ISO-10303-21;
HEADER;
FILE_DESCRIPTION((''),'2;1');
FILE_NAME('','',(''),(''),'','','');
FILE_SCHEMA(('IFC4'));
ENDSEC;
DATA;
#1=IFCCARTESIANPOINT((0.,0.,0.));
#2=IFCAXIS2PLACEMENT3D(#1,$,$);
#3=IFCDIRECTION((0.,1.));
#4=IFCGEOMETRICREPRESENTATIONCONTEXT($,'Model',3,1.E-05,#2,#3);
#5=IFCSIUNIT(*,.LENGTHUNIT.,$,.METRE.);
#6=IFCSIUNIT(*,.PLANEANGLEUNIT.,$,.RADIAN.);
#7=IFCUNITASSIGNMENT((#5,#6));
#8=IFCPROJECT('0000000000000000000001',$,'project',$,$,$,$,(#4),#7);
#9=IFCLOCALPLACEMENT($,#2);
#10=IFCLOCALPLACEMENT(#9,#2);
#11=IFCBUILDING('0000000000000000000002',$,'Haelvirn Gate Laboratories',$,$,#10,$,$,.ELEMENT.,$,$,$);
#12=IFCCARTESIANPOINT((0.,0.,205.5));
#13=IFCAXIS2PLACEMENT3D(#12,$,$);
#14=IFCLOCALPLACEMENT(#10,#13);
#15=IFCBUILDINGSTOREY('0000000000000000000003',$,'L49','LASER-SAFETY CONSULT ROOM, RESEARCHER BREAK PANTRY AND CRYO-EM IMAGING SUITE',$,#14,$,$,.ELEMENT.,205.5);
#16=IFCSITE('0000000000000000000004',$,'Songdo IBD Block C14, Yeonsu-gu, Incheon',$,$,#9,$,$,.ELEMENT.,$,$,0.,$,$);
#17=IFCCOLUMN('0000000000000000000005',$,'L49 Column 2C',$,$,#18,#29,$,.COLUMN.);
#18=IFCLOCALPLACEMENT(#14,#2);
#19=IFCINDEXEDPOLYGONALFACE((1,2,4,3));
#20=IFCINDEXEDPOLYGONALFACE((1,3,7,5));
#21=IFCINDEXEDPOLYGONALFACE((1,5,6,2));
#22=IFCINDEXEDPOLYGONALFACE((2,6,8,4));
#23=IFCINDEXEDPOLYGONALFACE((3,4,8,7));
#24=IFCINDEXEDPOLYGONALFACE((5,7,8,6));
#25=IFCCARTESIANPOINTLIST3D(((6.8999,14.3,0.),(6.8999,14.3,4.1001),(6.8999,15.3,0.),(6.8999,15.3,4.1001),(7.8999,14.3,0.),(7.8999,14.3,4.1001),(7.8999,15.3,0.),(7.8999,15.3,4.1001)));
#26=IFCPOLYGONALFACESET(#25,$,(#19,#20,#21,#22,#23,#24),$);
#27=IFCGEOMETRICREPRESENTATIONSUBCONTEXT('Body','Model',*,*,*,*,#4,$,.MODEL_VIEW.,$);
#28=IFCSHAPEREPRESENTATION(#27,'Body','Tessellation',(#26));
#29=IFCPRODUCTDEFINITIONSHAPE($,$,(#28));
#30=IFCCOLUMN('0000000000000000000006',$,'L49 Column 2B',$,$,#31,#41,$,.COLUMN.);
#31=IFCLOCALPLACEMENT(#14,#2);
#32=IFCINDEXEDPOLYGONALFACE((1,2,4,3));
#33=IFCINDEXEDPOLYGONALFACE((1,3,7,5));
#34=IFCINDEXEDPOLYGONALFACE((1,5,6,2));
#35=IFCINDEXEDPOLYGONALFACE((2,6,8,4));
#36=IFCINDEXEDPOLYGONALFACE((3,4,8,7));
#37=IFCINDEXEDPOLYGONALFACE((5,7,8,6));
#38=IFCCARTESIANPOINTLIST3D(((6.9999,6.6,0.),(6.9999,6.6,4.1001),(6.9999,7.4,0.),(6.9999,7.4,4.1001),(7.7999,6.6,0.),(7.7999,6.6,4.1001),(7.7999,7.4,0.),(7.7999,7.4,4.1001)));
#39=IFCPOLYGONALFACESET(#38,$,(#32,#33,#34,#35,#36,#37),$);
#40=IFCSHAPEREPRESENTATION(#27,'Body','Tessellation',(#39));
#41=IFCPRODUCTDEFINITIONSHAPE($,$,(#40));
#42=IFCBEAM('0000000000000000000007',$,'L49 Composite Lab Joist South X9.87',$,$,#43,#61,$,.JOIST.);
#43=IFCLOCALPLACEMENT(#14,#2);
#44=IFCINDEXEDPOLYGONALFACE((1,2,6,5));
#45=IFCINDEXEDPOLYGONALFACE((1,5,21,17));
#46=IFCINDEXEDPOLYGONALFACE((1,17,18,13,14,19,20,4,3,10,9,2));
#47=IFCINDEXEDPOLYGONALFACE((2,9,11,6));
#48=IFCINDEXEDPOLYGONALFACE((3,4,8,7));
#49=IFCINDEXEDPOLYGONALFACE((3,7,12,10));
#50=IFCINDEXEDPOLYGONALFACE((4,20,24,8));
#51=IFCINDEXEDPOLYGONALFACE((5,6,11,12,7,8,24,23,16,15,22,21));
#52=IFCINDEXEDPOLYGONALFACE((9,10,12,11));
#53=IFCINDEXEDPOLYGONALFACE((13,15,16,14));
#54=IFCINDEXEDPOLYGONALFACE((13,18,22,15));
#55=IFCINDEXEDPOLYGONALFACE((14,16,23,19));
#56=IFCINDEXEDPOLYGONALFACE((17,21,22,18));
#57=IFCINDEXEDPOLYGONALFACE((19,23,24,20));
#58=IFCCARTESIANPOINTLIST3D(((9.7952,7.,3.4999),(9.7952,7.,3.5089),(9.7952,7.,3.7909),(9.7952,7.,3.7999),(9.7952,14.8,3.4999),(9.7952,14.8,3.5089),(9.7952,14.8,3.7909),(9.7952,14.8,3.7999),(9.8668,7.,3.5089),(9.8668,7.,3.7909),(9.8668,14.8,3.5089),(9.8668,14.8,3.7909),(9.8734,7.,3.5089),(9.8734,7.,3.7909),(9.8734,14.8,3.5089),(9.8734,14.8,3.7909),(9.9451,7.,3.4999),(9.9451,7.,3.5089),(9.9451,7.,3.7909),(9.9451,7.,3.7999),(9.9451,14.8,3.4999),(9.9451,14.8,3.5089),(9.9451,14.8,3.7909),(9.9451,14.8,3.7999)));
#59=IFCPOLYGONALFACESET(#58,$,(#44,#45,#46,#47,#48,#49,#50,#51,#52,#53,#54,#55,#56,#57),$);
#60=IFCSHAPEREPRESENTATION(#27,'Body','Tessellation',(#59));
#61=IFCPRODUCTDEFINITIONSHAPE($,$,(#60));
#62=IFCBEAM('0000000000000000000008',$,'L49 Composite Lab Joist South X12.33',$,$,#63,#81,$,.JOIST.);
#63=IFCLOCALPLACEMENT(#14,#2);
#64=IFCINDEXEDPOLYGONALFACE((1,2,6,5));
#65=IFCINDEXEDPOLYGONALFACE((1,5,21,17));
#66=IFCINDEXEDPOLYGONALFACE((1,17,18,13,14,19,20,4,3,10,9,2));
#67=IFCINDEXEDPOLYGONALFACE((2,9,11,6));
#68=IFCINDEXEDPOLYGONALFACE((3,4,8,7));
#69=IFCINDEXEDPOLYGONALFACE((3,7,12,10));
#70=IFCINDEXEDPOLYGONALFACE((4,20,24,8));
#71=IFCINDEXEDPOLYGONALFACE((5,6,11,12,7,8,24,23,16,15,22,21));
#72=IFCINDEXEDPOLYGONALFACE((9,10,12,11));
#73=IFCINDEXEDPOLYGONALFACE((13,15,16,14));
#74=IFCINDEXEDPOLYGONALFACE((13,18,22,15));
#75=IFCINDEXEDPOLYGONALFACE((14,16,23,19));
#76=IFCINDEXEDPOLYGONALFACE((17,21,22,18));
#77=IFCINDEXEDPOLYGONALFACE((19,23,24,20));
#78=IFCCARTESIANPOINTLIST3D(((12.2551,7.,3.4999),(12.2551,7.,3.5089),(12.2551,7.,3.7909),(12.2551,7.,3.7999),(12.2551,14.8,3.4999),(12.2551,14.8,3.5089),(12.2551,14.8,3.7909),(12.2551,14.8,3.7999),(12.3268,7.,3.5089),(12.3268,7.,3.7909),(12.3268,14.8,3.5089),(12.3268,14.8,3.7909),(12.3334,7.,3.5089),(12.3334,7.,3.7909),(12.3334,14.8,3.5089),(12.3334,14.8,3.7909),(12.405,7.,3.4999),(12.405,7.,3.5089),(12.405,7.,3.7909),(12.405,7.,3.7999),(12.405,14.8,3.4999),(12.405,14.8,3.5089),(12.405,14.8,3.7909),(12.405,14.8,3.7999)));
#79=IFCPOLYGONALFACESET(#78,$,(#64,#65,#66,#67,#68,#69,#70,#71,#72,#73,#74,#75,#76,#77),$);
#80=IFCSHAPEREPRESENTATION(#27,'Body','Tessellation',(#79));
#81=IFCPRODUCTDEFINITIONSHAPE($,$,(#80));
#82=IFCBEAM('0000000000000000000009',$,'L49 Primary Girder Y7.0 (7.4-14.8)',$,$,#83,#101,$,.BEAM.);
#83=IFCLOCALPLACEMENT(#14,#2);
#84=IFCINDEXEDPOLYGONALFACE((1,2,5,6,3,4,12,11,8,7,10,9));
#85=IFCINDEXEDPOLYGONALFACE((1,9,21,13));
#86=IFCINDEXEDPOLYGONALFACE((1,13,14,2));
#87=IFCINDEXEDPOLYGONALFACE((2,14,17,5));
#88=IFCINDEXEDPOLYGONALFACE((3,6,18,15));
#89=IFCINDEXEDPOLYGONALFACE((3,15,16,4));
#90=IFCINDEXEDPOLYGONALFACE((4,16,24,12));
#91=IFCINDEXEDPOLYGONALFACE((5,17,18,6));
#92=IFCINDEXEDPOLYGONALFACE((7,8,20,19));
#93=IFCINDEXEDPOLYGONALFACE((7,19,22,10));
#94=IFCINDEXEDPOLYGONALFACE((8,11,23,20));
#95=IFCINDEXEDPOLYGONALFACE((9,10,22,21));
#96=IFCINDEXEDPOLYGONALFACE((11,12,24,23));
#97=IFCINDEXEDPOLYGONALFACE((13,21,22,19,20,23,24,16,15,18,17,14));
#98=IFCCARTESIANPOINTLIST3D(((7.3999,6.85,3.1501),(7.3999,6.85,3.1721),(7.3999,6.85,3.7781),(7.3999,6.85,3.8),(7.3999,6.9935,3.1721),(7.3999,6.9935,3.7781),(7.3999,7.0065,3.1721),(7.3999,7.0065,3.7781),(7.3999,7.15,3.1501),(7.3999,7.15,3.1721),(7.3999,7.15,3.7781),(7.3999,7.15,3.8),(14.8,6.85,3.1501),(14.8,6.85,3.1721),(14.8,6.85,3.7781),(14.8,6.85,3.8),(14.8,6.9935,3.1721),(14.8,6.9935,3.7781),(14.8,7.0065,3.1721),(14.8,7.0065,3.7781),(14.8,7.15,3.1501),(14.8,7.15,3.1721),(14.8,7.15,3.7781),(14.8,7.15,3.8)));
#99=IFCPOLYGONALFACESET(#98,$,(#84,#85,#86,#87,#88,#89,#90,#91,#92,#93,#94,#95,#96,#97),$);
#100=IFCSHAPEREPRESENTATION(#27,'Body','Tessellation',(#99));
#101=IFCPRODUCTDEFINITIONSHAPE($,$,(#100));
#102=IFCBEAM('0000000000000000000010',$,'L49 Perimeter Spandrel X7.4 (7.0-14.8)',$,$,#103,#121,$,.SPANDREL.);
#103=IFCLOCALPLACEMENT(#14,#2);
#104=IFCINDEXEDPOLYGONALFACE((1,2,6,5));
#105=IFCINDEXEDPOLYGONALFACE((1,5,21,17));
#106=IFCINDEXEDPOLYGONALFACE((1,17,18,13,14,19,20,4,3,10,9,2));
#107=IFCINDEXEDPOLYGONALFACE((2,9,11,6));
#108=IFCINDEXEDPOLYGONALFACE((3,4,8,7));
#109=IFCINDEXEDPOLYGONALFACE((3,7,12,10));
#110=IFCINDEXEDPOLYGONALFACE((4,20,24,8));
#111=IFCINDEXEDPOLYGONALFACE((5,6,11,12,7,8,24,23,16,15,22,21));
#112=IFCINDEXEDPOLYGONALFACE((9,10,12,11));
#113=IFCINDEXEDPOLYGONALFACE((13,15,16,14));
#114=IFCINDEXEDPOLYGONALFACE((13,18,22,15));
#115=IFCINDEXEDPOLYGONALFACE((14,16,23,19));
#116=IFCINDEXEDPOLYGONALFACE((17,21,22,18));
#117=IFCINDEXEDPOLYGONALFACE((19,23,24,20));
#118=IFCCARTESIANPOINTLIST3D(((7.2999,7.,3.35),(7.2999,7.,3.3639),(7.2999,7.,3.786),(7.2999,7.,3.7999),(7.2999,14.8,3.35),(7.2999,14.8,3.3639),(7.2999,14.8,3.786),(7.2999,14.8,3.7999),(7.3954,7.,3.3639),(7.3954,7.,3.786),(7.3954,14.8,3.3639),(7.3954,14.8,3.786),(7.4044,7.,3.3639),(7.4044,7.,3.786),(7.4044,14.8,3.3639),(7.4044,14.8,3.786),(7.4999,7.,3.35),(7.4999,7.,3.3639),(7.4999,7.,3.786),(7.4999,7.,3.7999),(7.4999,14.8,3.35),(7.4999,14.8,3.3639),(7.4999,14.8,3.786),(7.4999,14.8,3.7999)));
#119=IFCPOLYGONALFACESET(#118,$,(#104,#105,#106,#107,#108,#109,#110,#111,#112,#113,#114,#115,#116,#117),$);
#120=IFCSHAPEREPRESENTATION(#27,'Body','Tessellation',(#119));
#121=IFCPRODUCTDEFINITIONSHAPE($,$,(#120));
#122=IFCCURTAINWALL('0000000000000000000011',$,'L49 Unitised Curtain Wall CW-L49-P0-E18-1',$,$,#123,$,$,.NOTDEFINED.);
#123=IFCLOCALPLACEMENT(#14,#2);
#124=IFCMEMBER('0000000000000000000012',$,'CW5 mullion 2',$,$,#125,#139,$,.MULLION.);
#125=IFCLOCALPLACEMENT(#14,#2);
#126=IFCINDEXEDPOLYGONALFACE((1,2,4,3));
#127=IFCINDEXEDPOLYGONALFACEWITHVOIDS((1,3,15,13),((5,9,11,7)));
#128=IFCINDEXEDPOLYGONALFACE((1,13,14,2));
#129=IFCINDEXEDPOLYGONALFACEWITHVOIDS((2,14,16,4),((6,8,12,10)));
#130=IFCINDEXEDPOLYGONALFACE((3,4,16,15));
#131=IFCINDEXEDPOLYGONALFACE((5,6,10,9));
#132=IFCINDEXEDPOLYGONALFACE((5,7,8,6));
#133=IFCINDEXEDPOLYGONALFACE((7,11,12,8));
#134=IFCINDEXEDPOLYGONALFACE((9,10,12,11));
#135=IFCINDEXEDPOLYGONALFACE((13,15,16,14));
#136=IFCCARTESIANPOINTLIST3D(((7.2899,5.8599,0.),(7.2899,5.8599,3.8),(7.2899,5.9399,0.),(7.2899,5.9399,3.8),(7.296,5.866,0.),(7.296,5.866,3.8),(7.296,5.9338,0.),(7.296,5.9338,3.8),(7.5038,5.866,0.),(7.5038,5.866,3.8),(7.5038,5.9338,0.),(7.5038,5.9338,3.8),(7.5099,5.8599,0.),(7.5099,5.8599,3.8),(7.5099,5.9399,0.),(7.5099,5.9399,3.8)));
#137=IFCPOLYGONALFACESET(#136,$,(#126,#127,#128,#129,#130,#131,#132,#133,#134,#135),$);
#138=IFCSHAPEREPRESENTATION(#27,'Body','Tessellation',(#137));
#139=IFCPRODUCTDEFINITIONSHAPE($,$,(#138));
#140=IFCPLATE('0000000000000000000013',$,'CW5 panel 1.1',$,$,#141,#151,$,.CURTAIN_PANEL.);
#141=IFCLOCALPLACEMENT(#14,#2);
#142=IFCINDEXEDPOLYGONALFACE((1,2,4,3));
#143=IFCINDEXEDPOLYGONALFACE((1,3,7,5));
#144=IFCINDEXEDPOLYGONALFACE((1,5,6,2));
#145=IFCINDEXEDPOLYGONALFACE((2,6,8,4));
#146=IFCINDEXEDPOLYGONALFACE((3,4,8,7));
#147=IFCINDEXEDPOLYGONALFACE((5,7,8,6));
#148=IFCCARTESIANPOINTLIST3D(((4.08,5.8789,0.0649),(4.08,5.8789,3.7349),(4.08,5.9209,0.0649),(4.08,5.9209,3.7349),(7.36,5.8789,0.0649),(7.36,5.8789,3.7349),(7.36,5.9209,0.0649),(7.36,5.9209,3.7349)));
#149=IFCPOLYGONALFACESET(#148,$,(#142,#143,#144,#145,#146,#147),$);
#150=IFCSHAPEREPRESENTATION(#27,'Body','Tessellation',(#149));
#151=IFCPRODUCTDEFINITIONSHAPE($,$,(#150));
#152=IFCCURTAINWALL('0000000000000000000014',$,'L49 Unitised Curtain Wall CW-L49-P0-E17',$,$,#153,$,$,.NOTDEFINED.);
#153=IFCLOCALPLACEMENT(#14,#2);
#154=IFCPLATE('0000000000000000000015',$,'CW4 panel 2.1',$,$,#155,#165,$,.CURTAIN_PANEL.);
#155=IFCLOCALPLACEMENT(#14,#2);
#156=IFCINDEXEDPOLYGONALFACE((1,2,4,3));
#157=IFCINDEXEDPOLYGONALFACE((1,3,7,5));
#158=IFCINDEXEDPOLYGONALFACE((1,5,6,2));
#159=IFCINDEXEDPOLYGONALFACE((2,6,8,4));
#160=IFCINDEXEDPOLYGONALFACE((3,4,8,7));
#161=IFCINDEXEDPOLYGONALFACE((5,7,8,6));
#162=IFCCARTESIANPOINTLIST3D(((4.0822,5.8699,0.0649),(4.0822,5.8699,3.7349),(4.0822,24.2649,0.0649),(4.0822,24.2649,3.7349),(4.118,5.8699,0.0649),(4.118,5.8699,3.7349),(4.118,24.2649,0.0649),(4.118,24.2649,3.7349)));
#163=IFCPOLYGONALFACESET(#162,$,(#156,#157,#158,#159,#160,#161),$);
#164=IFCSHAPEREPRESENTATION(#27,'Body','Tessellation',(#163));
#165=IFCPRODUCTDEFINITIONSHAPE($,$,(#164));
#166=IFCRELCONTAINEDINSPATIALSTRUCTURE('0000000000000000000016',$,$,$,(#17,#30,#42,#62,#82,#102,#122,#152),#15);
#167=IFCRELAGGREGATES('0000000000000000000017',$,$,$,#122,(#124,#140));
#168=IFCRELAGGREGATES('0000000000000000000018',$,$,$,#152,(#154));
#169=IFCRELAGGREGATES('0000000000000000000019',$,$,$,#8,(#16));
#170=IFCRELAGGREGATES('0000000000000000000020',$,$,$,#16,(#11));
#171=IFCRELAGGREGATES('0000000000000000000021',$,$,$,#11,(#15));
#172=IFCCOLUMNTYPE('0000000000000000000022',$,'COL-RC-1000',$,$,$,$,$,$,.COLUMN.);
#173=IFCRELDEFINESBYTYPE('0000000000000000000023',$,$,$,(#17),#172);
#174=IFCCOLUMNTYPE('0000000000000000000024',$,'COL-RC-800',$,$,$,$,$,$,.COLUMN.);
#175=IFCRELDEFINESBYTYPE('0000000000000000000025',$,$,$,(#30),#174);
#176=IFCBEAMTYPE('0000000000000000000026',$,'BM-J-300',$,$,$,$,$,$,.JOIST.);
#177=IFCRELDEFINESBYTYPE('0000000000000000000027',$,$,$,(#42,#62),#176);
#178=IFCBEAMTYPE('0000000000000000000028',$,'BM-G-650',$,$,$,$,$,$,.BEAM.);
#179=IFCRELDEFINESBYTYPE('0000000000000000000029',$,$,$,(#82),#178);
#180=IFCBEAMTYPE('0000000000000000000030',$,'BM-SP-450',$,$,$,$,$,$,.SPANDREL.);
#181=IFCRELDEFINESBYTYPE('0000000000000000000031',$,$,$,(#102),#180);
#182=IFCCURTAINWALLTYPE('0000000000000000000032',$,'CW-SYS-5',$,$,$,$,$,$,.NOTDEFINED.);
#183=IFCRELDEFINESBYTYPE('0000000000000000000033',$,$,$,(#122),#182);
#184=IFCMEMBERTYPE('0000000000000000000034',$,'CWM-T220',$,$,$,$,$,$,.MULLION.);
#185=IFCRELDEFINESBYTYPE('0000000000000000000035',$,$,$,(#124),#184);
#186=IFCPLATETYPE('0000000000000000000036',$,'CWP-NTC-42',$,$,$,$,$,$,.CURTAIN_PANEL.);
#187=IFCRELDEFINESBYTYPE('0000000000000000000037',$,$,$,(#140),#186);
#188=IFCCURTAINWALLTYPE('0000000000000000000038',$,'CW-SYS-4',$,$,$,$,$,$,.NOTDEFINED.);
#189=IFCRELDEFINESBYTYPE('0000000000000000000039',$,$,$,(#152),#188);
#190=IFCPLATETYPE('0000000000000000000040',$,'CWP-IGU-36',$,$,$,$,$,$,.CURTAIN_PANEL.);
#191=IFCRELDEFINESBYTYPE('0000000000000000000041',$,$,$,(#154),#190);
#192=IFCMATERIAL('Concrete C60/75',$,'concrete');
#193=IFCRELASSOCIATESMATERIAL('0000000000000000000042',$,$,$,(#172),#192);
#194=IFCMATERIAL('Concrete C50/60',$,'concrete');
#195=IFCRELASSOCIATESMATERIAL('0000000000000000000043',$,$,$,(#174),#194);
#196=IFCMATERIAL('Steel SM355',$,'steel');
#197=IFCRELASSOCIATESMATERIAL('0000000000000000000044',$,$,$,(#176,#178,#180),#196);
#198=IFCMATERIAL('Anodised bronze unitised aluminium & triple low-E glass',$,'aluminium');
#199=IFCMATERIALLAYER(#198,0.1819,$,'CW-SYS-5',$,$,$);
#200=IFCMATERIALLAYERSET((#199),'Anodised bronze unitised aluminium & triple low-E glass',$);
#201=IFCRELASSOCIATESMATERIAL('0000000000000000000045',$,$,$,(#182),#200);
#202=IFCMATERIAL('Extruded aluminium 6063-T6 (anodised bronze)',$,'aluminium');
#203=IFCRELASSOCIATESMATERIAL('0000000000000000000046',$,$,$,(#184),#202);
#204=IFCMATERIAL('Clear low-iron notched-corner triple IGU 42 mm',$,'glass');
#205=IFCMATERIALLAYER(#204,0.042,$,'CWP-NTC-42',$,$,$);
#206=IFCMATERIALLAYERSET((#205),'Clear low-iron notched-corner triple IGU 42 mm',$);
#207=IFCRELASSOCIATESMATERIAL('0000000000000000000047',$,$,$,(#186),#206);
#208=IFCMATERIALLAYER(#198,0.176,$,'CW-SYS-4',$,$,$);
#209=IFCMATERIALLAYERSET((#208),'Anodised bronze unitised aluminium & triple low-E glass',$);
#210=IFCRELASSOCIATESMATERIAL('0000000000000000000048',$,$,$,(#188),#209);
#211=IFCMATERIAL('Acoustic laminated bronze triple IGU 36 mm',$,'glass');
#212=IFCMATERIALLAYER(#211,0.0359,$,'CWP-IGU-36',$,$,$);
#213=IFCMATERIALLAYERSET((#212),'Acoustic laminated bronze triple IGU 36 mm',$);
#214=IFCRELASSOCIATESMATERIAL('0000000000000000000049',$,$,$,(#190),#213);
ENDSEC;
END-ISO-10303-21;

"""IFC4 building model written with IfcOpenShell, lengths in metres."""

from ifc_helpers import new_model, si_unit, direction, frame, origin, origin_2d, place, context, subcontext, project, spatial, rectangle, hollow_rectangle, i_section, extrude, source, transform, mapped, material, layer, layer_set, material_profile, profile_set, type_object, type_shapes, element, aggregate, save


model = new_model("IFC4")

# Units and contexts
model_context = context("Model", 3, precision=1e-05, world=origin(), true_north=direction((0.0, 1.0)))
body_context = subcontext(model_context, "Body", "Model", "MODEL_VIEW")
ifc_project = project(units=[si_unit("LENGTHUNIT", "METRE"), si_unit("PLANEANGLEUNIT", "RADIAN")], contexts=[model_context])

# Site, building, storey
site_placement = place(None, origin())
site = spatial("IfcSite", under=ifc_project, at=site_placement, Name="Songdo IBD Block C14, Yeonsu-gu, Incheon", CompositionType="ELEMENT", RefElevation=0.0)
building_placement = place(site_placement, origin())
building = spatial("IfcBuilding", under=site, at=building_placement, Name="Haelvirn Gate Laboratories", CompositionType="ELEMENT")
storey_placement = place(building_placement, frame((0.0, 0.0, 205.5)))
storey = spatial("IfcBuildingStorey", under=building, at=storey_placement, Name="L49", Description="LASER-SAFETY CONSULT ROOM, RESEARCHER BREAK PANTRY AND CRYO-EM IMAGING SUITE", CompositionType="ELEMENT", Elevation=205.5)

# Columns
ifc_material_1 = material(Name="Concrete C60/75", Category="concrete")
ifc_material_profile_1 = material_profile(ifc_material_1, rectangle(XDim=1.0, YDim=1.0, at=origin_2d()), Name="RC-1000x1000")
ifc_profile_set_1 = profile_set([ifc_material_profile_1], Name="Concrete C60/75")
column_type_1 = type_object("IfcColumnType", Name="COL-RC-1000", PredefinedType="COLUMN", material=ifc_profile_set_1)
shared_shape_1 = source(origin(), body_context, "Body", "SweptSolid", [
    extrude(rectangle(XDim=1.0, YDim=1.0, at=origin_2d()), origin(), (0.0, 0.0, 1.0), 4.1001),
])
type_shapes(column_type_1, [shared_shape_1])
column_1_placement = place(storey_placement, frame((7.3999, 14.8, 0.0), z_axis=(0.0, 0.0, 1.0), x_axis=(1.0, 0.0, 0.0)))
element("IfcColumn", 1, at=column_1_placement, inside=storey, type_object=column_type_1, Name="L49 Column 2C", PredefinedType="COLUMN", context=body_context, shape_type="MappedRepresentation", body=[
    mapped(shared_shape_1, transform((0.0, 0.0, 0.0), scale=1.0)),
])
ifc_material_2 = material(Name="Concrete C50/60", Category="concrete")
ifc_material_profile_2 = material_profile(ifc_material_2, rectangle(XDim=0.8, YDim=0.8, at=origin_2d()), Name="RC-800x800")
ifc_profile_set_2 = profile_set([ifc_material_profile_2], Name="Concrete C50/60")
column_type_2 = type_object("IfcColumnType", Name="COL-RC-800", PredefinedType="COLUMN", material=ifc_profile_set_2)
shared_shape_2 = source(origin(), body_context, "Body", "SweptSolid", [
    extrude(rectangle(XDim=0.8, YDim=0.8, at=origin_2d()), origin(), (0.0, 0.0, 1.0), 4.1001),
])
type_shapes(column_type_2, [shared_shape_2])
column_2_placement = place(storey_placement, frame((7.3999, 7.0, 0.0), z_axis=(0.0, 0.0, 1.0), x_axis=(1.0, 0.0, 0.0)))
element("IfcColumn", 2, at=column_2_placement, inside=storey, type_object=column_type_2, Name="L49 Column 2B", PredefinedType="COLUMN", context=body_context, shape_type="MappedRepresentation", body=[
    mapped(shared_shape_2, transform((0.0, 0.0, 0.0), scale=1.0)),
])

# Beams
ifc_material_3 = material(Name="Steel SM355", Category="steel")
ifc_material_profile_3 = material_profile(ifc_material_3, i_section(OverallWidth=0.1499, OverallDepth=0.3, WebThickness=0.0066, FlangeThickness=0.009, at=origin_2d()), Name="H-300x150x6.5x9")
ifc_profile_set_3 = profile_set([ifc_material_profile_3], Name="Steel SM355")
beam_type_1 = type_object("IfcBeamType", Name="BM-J-300", PredefinedType="JOIST", material=ifc_profile_set_3)
shared_shape_3 = source(origin(), body_context, "Body", "SweptSolid", [
    extrude(i_section(OverallWidth=0.1499, OverallDepth=0.3, WebThickness=0.0066, FlangeThickness=0.009, at=origin_2d()), origin(), (0.0, 0.0, 1.0), 7.8),
])
type_shapes(beam_type_1, [shared_shape_3])
for number, where, z_axis, x_axis, name in (
    (3, (9.8701, 7.0, 3.6499), (0.0, 1.0, 0.0), (-1.0, 0.0, 0.0), "L49 Composite Lab Joist South X9.87"),
    (4, (12.3301, 7.0, 3.6499), (0.0, 1.0, 0.0), (-1.0, 0.0, 0.0), "L49 Composite Lab Joist South X12.33"),
):
    element("IfcBeam", number, at=place(storey_placement, frame(where, z_axis=z_axis, x_axis=x_axis)), inside=storey, type_object=beam_type_1, Name=name, PredefinedType="JOIST", context=body_context, shape_type="MappedRepresentation", body=[
        mapped(shared_shape_3, transform((0.0, 0.0, 0.0), scale=1.0)),
    ])
ifc_material_profile_4 = material_profile(ifc_material_3, i_section(OverallWidth=0.3, OverallDepth=0.6499, WebThickness=0.0129, FlangeThickness=0.022, at=origin_2d()), Name="H-650x300x13x22")
ifc_profile_set_4 = profile_set([ifc_material_profile_4], Name="Steel SM355")
beam_type_2 = type_object("IfcBeamType", Name="BM-G-650", PredefinedType="BEAM", material=ifc_profile_set_4)
shared_shape_4 = source(origin(), body_context, "Body", "SweptSolid", [
    extrude(i_section(OverallWidth=0.3, OverallDepth=0.6499, WebThickness=0.0129, FlangeThickness=0.022, at=origin_2d()), origin(), (0.0, 0.0, 1.0), 7.4001),
])
type_shapes(beam_type_2, [shared_shape_4])
beam_1_placement = place(storey_placement, frame((7.3999, 7.0, 3.4751), z_axis=(1.0, 0.0, 0.0), x_axis=(0.0, 1.0, 0.0)))
element("IfcBeam", 5, at=beam_1_placement, inside=storey, type_object=beam_type_2, Name="L49 Primary Girder Y7.0 (7.4-14.8)", PredefinedType="BEAM", context=body_context, shape_type="MappedRepresentation", body=[
    mapped(shared_shape_4, transform((0.0, 0.0, 0.0), scale=1.0)),
])
ifc_material_profile_5 = material_profile(ifc_material_3, i_section(OverallWidth=0.2, OverallDepth=0.45, WebThickness=0.009, FlangeThickness=0.0139, at=origin_2d()), Name="H-450x200x9x14")
ifc_profile_set_5 = profile_set([ifc_material_profile_5], Name="Steel SM355")
beam_type_3 = type_object("IfcBeamType", Name="BM-SP-450", PredefinedType="SPANDREL", material=ifc_profile_set_5)
shared_shape_5 = source(origin(), body_context, "Body", "SweptSolid", [
    extrude(i_section(OverallWidth=0.2, OverallDepth=0.45, WebThickness=0.009, FlangeThickness=0.0139, at=origin_2d()), origin(), (0.0, 0.0, 1.0), 7.8),
])
type_shapes(beam_type_3, [shared_shape_5])
beam_2_placement = place(storey_placement, frame((7.3999, 7.0, 3.575), z_axis=(0.0, 1.0, 0.0), x_axis=(-1.0, 0.0, 0.0)))
element("IfcBeam", 6, at=beam_2_placement, inside=storey, type_object=beam_type_3, Name="L49 Perimeter Spandrel X7.4 (7.0-14.8)", PredefinedType="SPANDREL", context=body_context, shape_type="MappedRepresentation", body=[
    mapped(shared_shape_5, transform((0.0, 0.0, 0.0), scale=1.0)),
])

# Curtain wall, member, plate
ifc_material_4 = material(Name="Anodised bronze unitised aluminium & triple low-E glass", Category="aluminium")
ifc_layer_1 = layer(ifc_material_4, 0.1819, Name="CW-SYS-5")
ifc_layer_set_1 = layer_set([ifc_layer_1], Name="Anodised bronze unitised aluminium & triple low-E glass")
curtain_wall_type_1 = type_object("IfcCurtainWallType", Name="CW-SYS-5", PredefinedType="NOTDEFINED", material=ifc_layer_set_1)
curtain_wall_1_placement = place(storey_placement, origin())
curtain_wall_1 = element("IfcCurtainWall", 7, at=curtain_wall_1_placement, inside=storey, type_object=curtain_wall_type_1, Name="L49 Unitised Curtain Wall CW-L49-P0-E18-1", PredefinedType="NOTDEFINED")
ifc_material_5 = material(Name="Extruded aluminium 6063-T6 (anodised bronze)", Category="aluminium")
ifc_material_profile_6 = material_profile(ifc_material_5, hollow_rectangle(XDim=0.0801, YDim=0.22, WallThickness=0.0061, at=origin_2d()), Name="CWM-220x80x6")
ifc_profile_set_6 = profile_set([ifc_material_profile_6], Name="Extruded aluminium 6063-T6 (anodised bronze)")
member_type = type_object("IfcMemberType", Name="CWM-T220", PredefinedType="MULLION", material=ifc_profile_set_6)
shared_shape_6 = source(origin(), body_context, "Body", "SweptSolid", [
    extrude(hollow_rectangle(XDim=0.0801, YDim=0.22, WallThickness=0.0061, at=origin_2d()), origin(), (0.0, 0.0, 1.0), 3.8),
])
type_shapes(member_type, [shared_shape_6])
member_placement = place(storey_placement, frame((7.3999, 5.8999, 0.0), z_axis=(0.0, 0.0, 1.0), x_axis=(0.0, 1.0, 0.0)))
member = element("IfcMember", 8, at=member_placement, type_object=member_type, Name="CW5 mullion 2", PredefinedType="MULLION", context=body_context, shape_type="MappedRepresentation", body=[
    mapped(shared_shape_6, transform((0.0, 0.0, 0.0), scale=1.0)),
])
ifc_material_6 = material(Name="Clear low-iron notched-corner triple IGU 42 mm", Category="glass")
ifc_layer_2 = layer(ifc_material_6, 0.042, Name="CWP-NTC-42")
ifc_layer_set_2 = layer_set([ifc_layer_2], Name="Clear low-iron notched-corner triple IGU 42 mm")
plate_type_1 = type_object("IfcPlateType", Name="CWP-NTC-42", PredefinedType="CURTAIN_PANEL", material=ifc_layer_set_2)
shared_shape_7 = source(origin(), body_context, "Body", "SweptSolid", [
    extrude(rectangle(XDim=3.28, YDim=0.042, at=origin_2d()), origin(), (0.0, 0.0, 1.0), 3.6699),
])
type_shapes(plate_type_1, [shared_shape_7])
plate_1_placement = place(storey_placement, frame((5.72, 5.8999, 0.0649), z_axis=(0.0, 0.0, 1.0), x_axis=(1.0, 0.0, 0.0)))
plate_1 = element("IfcPlate", 9, at=plate_1_placement, type_object=plate_type_1, Name="CW5 panel 1.1", PredefinedType="CURTAIN_PANEL", context=body_context, shape_type="MappedRepresentation", body=[
    mapped(shared_shape_7, transform((0.0, 0.0, 0.0), scale=1.0)),
])
aggregate(curtain_wall_1, [member, plate_1])

# Curtain wall, plate
ifc_layer_3 = layer(ifc_material_4, 0.176, Name="CW-SYS-4")
ifc_layer_set_3 = layer_set([ifc_layer_3], Name="Anodised bronze unitised aluminium & triple low-E glass")
curtain_wall_type_2 = type_object("IfcCurtainWallType", Name="CW-SYS-4", PredefinedType="NOTDEFINED", material=ifc_layer_set_3)
curtain_wall_2_placement = place(storey_placement, origin())
curtain_wall_2 = element("IfcCurtainWall", 10, at=curtain_wall_2_placement, inside=storey, type_object=curtain_wall_type_2, Name="L49 Unitised Curtain Wall CW-L49-P0-E17", PredefinedType="NOTDEFINED")
ifc_material_7 = material(Name="Acoustic laminated bronze triple IGU 36 mm", Category="glass")
ifc_layer_4 = layer(ifc_material_7, 0.0359, Name="CWP-IGU-36")
ifc_layer_set_4 = layer_set([ifc_layer_4], Name="Acoustic laminated bronze triple IGU 36 mm")
plate_type_2 = type_object("IfcPlateType", Name="CWP-IGU-36", PredefinedType="CURTAIN_PANEL", material=ifc_layer_set_4)
shared_shape_8 = source(origin(), body_context, "Body", "SweptSolid", [
    extrude(rectangle(XDim=18.395, YDim=0.0359, at=origin_2d()), origin(), (0.0, 0.0, 1.0), 3.6699),
])
type_shapes(plate_type_2, [shared_shape_8])
plate_2_placement = place(storey_placement, frame((4.1001, 15.0674, 0.0649), z_axis=(0.0, 0.0, 1.0), x_axis=(0.0, -1.0, 0.0)))
plate_2 = element("IfcPlate", 11, at=plate_2_placement, type_object=plate_type_2, Name="CW4 panel 2.1", PredefinedType="CURTAIN_PANEL", context=body_context, shape_type="MappedRepresentation", body=[
    mapped(shared_shape_8, transform((0.0, 0.0, 0.0), scale=1.0)),
])
aggregate(curtain_wall_2, [plate_2])

save(model, "model.ifc")
